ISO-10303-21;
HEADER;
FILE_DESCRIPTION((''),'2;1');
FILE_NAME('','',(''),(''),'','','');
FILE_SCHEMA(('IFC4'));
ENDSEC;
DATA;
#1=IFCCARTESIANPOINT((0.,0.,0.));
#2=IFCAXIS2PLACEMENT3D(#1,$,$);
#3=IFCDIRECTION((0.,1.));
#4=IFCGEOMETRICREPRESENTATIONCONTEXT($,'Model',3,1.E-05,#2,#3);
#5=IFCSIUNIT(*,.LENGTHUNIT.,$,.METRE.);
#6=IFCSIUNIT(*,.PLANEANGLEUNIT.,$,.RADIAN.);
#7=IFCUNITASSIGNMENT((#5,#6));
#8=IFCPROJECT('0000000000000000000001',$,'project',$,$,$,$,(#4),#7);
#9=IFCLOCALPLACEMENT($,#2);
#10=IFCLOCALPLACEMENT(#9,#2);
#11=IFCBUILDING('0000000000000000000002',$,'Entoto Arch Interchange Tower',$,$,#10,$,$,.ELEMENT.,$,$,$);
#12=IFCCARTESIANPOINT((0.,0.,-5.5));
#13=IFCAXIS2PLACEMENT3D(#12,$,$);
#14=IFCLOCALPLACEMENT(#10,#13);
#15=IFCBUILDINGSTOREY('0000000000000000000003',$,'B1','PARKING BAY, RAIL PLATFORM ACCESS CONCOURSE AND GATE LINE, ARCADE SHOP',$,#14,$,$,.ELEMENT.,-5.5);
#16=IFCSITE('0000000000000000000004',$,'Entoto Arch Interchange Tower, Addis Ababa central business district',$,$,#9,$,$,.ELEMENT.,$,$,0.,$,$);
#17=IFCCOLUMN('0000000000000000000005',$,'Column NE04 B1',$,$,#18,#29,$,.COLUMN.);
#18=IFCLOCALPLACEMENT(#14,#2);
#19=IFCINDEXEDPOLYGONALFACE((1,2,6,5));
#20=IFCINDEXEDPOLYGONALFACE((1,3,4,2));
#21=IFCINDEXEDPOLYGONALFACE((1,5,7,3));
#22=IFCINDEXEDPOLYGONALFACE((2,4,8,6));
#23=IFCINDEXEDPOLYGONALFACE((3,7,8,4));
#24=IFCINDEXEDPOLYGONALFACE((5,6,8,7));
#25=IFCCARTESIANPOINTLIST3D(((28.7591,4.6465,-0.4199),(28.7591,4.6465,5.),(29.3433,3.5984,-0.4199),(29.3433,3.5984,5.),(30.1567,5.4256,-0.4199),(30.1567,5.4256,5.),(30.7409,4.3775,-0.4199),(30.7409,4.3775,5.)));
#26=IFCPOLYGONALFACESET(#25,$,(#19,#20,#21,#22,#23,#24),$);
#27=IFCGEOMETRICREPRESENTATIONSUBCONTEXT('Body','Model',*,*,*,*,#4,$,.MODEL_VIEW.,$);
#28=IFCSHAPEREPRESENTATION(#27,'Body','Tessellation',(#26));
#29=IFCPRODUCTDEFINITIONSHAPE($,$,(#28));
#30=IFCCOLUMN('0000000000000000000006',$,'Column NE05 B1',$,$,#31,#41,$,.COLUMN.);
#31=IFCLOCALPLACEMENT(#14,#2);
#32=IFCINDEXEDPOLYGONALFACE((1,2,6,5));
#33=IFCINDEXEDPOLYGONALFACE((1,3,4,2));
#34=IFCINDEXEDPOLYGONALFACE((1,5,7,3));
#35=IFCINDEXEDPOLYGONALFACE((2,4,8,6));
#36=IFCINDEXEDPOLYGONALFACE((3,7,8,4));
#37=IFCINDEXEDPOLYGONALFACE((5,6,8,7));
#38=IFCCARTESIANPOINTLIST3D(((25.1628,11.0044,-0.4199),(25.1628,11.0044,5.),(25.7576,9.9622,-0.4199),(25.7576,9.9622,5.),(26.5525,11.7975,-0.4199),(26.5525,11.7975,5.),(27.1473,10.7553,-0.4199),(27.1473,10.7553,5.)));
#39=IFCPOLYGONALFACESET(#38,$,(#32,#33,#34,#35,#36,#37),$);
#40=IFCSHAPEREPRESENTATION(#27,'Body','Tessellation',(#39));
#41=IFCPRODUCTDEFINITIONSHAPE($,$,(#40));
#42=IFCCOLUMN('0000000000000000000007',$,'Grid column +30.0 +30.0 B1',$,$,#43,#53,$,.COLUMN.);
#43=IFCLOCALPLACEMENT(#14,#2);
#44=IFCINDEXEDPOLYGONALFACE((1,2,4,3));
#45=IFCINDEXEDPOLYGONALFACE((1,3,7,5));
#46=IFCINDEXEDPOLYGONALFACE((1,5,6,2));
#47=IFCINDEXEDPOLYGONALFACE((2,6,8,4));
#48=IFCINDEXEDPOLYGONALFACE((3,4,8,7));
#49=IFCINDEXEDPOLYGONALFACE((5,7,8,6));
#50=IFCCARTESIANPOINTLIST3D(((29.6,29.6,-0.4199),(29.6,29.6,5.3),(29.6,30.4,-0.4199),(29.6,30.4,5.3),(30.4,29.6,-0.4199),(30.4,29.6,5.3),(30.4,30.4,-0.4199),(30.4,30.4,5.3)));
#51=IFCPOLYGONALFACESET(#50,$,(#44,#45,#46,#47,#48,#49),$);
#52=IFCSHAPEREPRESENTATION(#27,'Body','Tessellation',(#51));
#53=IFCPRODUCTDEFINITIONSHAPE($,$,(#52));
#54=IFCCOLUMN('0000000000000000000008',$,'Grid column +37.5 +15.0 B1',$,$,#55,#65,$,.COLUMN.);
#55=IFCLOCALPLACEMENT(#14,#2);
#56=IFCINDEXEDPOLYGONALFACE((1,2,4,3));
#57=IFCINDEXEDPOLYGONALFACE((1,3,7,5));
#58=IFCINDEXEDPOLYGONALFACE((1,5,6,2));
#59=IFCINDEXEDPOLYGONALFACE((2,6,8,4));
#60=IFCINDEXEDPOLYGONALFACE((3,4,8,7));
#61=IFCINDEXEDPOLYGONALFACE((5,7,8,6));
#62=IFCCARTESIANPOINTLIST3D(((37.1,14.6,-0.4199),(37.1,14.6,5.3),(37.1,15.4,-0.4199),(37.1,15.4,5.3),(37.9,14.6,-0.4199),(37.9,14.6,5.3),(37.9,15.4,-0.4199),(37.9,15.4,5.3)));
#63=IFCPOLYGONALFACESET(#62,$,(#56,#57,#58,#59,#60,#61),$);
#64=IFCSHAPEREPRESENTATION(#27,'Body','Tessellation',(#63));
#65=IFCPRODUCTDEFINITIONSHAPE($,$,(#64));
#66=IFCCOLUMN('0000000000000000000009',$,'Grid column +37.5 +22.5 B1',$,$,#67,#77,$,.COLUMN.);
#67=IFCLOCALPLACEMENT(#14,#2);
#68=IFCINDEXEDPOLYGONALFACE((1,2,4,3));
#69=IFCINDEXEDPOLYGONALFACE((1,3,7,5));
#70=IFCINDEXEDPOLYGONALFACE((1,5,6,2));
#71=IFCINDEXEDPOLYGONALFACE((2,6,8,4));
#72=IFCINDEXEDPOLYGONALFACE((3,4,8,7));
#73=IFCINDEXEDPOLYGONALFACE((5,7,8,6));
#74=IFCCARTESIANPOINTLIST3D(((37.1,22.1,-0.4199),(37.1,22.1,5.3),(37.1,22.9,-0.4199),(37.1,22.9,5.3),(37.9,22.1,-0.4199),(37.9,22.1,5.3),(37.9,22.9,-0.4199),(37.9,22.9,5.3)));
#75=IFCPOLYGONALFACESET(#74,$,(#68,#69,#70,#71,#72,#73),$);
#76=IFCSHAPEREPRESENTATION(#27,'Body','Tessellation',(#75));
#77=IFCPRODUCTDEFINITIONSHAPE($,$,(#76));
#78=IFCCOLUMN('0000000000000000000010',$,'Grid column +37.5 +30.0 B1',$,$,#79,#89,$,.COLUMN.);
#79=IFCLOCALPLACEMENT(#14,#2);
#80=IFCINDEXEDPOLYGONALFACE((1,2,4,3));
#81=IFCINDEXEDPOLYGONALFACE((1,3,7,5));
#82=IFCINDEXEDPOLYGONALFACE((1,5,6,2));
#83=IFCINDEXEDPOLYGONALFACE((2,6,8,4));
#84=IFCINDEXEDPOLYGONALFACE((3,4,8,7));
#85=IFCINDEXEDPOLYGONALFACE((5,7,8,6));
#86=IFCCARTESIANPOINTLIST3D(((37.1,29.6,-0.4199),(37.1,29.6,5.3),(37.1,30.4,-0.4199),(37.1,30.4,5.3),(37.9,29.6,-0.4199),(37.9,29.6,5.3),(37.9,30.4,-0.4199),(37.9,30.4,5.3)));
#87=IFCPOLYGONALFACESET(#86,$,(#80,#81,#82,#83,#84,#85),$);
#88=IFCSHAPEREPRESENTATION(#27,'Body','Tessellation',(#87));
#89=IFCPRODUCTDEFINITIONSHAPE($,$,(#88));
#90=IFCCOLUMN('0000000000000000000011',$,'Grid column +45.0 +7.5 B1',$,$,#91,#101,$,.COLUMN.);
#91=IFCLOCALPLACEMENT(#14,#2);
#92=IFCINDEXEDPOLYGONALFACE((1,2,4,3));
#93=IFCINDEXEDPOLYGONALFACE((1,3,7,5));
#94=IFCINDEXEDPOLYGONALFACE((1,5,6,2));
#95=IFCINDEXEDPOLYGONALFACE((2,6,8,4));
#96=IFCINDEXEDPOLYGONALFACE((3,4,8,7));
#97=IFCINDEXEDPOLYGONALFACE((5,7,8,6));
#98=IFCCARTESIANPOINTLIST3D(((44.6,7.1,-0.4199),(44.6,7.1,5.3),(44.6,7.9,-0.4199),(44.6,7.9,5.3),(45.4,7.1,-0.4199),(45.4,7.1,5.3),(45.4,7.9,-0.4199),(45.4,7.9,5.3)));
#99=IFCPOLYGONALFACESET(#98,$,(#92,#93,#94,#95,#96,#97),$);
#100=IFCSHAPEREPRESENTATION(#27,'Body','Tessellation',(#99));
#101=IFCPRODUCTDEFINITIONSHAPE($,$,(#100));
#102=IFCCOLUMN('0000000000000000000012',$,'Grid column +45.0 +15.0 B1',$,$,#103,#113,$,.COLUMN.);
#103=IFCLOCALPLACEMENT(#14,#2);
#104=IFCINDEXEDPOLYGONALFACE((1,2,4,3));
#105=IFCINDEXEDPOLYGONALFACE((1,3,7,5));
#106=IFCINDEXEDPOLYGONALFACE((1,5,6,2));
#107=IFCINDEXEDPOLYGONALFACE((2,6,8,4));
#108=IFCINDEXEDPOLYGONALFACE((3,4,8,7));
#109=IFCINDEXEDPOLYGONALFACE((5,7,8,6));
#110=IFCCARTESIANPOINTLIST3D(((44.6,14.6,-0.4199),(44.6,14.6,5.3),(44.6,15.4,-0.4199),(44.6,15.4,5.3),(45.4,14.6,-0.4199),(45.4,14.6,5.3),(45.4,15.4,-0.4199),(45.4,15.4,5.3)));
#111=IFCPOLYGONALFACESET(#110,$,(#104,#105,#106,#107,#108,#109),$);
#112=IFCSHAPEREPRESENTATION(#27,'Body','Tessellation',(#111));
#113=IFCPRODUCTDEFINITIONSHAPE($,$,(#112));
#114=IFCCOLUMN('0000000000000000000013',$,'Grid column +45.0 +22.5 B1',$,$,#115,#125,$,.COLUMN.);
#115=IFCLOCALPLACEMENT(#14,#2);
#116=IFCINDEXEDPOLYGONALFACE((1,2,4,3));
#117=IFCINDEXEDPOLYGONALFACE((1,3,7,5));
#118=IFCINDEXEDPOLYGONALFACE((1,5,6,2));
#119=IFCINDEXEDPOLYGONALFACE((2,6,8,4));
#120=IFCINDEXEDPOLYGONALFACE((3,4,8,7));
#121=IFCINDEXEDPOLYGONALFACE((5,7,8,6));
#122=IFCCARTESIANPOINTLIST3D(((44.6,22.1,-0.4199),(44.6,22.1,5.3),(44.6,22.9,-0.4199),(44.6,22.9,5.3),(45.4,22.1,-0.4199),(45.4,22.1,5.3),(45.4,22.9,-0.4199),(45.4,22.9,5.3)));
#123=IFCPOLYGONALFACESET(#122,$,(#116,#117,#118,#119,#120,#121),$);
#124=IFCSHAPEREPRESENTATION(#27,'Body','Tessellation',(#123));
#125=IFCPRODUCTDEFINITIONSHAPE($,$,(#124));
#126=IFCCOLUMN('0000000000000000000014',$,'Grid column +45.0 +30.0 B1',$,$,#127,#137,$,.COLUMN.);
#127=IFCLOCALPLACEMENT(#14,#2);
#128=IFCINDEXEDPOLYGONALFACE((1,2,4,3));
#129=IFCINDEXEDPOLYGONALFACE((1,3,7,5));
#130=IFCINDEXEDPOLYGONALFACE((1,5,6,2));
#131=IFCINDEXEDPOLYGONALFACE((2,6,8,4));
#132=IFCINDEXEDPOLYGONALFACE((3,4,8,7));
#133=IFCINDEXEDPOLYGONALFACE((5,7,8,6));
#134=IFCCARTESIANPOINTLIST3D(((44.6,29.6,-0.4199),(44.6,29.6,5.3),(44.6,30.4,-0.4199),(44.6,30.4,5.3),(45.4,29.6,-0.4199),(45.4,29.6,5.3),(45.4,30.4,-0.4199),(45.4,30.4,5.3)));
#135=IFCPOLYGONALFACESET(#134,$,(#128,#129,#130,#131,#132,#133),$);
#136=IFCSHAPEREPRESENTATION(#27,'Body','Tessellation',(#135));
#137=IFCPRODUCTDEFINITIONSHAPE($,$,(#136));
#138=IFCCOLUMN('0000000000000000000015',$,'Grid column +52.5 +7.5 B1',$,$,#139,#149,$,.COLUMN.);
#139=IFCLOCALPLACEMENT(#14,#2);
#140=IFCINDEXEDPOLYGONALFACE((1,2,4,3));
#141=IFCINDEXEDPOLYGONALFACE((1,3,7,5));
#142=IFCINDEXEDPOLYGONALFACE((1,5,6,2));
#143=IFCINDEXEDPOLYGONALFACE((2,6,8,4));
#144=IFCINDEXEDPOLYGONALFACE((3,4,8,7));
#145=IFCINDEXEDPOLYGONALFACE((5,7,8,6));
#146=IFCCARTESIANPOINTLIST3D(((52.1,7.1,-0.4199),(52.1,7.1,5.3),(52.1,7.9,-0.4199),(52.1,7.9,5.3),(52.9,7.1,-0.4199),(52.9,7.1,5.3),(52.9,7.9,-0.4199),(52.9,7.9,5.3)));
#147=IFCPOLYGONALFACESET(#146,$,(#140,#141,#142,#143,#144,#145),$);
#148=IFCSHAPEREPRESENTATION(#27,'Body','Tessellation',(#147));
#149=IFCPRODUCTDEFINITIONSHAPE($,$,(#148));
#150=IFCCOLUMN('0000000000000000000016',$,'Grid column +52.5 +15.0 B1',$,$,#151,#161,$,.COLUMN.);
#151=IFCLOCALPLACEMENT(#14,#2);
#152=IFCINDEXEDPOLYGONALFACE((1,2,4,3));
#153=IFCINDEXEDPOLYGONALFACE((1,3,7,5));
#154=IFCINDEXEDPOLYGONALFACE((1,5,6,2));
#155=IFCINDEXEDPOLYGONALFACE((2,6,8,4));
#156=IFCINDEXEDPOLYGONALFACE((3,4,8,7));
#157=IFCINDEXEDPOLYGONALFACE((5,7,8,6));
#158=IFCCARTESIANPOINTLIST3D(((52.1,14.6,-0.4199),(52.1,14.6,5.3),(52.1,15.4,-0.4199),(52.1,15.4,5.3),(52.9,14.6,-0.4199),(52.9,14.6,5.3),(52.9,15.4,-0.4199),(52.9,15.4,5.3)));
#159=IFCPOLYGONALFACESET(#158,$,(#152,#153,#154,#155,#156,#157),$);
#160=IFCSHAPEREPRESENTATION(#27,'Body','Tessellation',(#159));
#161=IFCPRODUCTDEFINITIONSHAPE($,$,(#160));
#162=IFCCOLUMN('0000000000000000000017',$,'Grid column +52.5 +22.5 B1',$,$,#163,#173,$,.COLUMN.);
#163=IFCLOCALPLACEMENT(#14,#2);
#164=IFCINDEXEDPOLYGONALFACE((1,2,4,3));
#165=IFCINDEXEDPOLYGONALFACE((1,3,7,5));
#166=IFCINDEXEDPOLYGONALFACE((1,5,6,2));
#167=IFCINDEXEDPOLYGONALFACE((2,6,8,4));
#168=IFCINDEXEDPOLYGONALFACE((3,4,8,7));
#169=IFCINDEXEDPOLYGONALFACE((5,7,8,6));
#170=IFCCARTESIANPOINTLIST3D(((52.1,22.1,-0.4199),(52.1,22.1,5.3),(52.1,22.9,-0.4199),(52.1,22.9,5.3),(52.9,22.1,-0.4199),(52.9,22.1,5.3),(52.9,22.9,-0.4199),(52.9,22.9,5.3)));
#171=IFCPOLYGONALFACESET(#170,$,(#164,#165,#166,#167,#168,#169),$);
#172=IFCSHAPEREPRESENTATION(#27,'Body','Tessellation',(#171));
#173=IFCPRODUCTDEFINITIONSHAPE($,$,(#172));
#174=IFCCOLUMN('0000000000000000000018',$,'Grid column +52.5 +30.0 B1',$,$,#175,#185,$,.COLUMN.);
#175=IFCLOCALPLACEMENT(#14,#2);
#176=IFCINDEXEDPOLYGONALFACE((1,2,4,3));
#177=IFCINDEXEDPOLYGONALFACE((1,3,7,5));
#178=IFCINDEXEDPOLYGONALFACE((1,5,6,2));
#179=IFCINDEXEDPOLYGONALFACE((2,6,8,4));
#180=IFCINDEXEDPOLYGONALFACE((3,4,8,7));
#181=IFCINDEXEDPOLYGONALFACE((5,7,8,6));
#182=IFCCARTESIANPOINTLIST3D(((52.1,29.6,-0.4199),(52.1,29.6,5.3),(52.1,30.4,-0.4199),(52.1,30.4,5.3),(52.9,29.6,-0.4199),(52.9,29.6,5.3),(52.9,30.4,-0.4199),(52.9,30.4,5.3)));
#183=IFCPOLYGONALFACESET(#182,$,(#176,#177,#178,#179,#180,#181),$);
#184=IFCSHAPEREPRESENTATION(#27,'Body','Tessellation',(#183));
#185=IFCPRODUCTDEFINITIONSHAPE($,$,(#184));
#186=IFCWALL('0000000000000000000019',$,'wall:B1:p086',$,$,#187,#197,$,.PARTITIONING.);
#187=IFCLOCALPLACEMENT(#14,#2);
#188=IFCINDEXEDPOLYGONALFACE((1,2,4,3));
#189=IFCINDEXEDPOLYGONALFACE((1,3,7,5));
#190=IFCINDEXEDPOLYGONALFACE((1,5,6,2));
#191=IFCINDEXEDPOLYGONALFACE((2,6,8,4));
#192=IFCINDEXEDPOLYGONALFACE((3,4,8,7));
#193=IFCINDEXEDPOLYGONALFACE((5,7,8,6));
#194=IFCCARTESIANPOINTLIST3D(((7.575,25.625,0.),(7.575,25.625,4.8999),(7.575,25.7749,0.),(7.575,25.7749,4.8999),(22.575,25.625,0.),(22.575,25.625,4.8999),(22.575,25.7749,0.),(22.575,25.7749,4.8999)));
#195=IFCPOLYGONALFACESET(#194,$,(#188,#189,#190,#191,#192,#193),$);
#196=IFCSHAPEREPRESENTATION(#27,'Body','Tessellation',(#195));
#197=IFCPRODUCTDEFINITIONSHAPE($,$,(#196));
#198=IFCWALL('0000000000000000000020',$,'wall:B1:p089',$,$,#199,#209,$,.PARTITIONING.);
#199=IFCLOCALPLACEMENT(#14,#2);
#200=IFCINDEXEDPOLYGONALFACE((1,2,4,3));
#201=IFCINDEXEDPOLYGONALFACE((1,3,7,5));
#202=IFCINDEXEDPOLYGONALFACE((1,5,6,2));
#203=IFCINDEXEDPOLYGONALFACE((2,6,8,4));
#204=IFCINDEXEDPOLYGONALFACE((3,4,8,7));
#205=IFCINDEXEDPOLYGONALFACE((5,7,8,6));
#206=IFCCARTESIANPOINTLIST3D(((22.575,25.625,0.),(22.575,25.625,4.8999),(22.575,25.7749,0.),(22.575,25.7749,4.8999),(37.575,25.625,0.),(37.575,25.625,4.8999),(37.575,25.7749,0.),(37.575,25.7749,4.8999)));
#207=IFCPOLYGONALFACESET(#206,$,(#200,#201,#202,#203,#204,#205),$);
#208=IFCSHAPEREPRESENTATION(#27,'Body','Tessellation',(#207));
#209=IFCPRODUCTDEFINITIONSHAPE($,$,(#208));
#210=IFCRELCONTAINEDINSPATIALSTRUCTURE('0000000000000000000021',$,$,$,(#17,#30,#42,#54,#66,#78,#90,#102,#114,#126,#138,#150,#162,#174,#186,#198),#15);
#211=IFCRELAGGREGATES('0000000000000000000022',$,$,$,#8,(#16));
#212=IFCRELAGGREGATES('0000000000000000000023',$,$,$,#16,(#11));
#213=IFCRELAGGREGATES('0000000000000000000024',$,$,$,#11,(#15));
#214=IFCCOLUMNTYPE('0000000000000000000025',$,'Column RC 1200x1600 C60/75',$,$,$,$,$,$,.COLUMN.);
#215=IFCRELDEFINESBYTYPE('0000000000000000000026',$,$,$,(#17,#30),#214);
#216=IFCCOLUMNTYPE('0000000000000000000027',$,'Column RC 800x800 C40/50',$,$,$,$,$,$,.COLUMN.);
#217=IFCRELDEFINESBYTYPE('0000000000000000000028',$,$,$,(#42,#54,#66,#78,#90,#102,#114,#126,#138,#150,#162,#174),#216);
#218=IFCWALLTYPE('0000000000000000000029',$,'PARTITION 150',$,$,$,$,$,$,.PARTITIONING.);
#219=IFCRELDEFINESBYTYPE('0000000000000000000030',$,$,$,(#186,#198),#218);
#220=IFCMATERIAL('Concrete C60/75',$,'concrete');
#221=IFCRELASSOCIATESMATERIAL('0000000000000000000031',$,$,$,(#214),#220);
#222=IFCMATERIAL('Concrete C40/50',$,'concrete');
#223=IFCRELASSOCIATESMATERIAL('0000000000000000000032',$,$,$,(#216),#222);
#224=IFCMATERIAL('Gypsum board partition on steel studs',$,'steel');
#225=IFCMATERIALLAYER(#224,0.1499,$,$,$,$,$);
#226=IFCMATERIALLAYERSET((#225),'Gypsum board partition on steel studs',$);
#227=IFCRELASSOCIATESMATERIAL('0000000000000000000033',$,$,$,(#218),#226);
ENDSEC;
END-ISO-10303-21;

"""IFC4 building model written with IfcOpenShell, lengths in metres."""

from ifc_helpers import new_model, si_unit, direction, frame, frame_2d, origin, origin_2d, place, context, subcontext, project, spatial, rectangle, extrude, material, layer, layer_set, material_profile, profile_set, type_object, element, save


model = new_model("IFC4")

# Units and contexts
model_context = context("Model", 3, precision=1e-05, world=origin(), true_north=direction((0.0, 1.0)))
body_context = subcontext(model_context, "Body", "Model", "MODEL_VIEW")
ifc_project = project(units=[si_unit("LENGTHUNIT", "METRE"), si_unit("PLANEANGLEUNIT", "RADIAN")], contexts=[model_context])

# Site, building, storey
site_placement = place(None, origin())
site = spatial("IfcSite", under=ifc_project, at=site_placement, Name="Entoto Arch Interchange Tower, Addis Ababa central business district", CompositionType="ELEMENT", RefElevation=0.0)
building_placement = place(site_placement, origin())
building = spatial("IfcBuilding", under=site, at=building_placement, Name="Entoto Arch Interchange Tower", CompositionType="ELEMENT")
storey_placement = place(building_placement, frame((0.0, 0.0, -5.5)))
storey = spatial("IfcBuildingStorey", under=building, at=storey_placement, Name="B1", Description="PARKING BAY, RAIL PLATFORM ACCESS CONCOURSE AND GATE LINE, ARCADE SHOP", CompositionType="ELEMENT", Elevation=-5.5)

# Columns
ifc_material_1 = material(Name="Concrete C60/75", Category="concrete")
ifc_material_profile_1 = material_profile(ifc_material_1, rectangle(XDim=1.2, YDim=1.6001, at=origin_2d()))
ifc_profile_set_1 = profile_set([ifc_material_profile_1], Name="Concrete C60/75")
column_type_1 = type_object("IfcColumnType", Name="Column RC 1200x1600 C60/75", PredefinedType="COLUMN", material=ifc_profile_set_1)
for number, where, z_axis, x_axis, name in (
    (1, (29.75, 4.512, -0.4199), (0.0, 0.0, 1.0), (-0.486915, 0.873449, 0.0), "Column NE04 B1"),
    (2, (26.155, 10.8799, -0.4199), (0.0, 0.0, 1.0), (-0.495656, 0.868519, 0.0), "Column NE05 B1"),
):
    element("IfcColumn", number, at=place(storey_placement, frame(where, z_axis=z_axis, x_axis=x_axis)), inside=storey, type_object=column_type_1, Name=name, PredefinedType="COLUMN", context=body_context, shape_type="SweptSolid", body=[
        extrude(rectangle(XDim=1.2, YDim=1.6001, at=origin_2d()), origin(), (0.0, 0.0, 1.0), 5.4199),
    ])
ifc_material_2 = material(Name="Concrete C40/50", Category="concrete")
ifc_material_profile_2 = material_profile(ifc_material_2, rectangle(XDim=0.8, YDim=0.8, at=origin_2d()))
ifc_profile_set_2 = profile_set([ifc_material_profile_2], Name="Concrete C40/50")
column_type_2 = type_object("IfcColumnType", Name="Column RC 800x800 C40/50", PredefinedType="COLUMN", material=ifc_profile_set_2)
for number, where, z_axis, x_axis, name in (
    (3, (30.0, 30.0, -0.4199), (0.0, 0.0, 1.0), (1.0, 0.0, 0.0), "Grid column +30.0 +30.0 B1"),
    (4, (37.5, 15.0, -0.4199), (0.0, 0.0, 1.0), (1.0, 0.0, 0.0), "Grid column +37.5 +15.0 B1"),
    (5, (37.5, 22.5, -0.4199), (0.0, 0.0, 1.0), (1.0, 0.0, 0.0), "Grid column +37.5 +22.5 B1"),
    (6, (37.5, 30.0, -0.4199), (0.0, 0.0, 1.0), (1.0, 0.0, 0.0), "Grid column +37.5 +30.0 B1"),
    (7, (45.0, 7.5, -0.4199), (0.0, 0.0, 1.0), (1.0, 0.0, 0.0), "Grid column +45.0 +7.5 B1"),
    (8, (45.0, 15.0, -0.4199), (0.0, 0.0, 1.0), (1.0, 0.0, 0.0), "Grid column +45.0 +15.0 B1"),
    (9, (45.0, 22.5, -0.4199), (0.0, 0.0, 1.0), (1.0, 0.0, 0.0), "Grid column +45.0 +22.5 B1"),
    (10, (45.0, 30.0, -0.4199), (0.0, 0.0, 1.0), (1.0, 0.0, 0.0), "Grid column +45.0 +30.0 B1"),
    (11, (52.5, 7.5, -0.4199), (0.0, 0.0, 1.0), (1.0, 0.0, 0.0), "Grid column +52.5 +7.5 B1"),
    (12, (52.5, 15.0, -0.4199), (0.0, 0.0, 1.0), (1.0, 0.0, 0.0), "Grid column +52.5 +15.0 B1"),
    (13, (52.5, 22.5, -0.4199), (0.0, 0.0, 1.0), (1.0, 0.0, 0.0), "Grid column +52.5 +22.5 B1"),
    (14, (52.5, 30.0, -0.4199), (0.0, 0.0, 1.0), (1.0, 0.0, 0.0), "Grid column +52.5 +30.0 B1"),
):
    element("IfcColumn", number, at=place(storey_placement, frame(where, z_axis=z_axis, x_axis=x_axis)), inside=storey, type_object=column_type_2, Name=name, PredefinedType="COLUMN", context=body_context, shape_type="SweptSolid", body=[
        extrude(rectangle(XDim=0.8, YDim=0.8, at=origin_2d()), origin(), (0.0, 0.0, 1.0), 5.72),
    ])

# Walls
ifc_material_3 = material(Name="Gypsum board partition on steel studs", Category="steel")
ifc_layer = layer(ifc_material_3, 0.1499)
ifc_layer_set = layer_set([ifc_layer], Name="Gypsum board partition on steel studs")
wall_type = type_object("IfcWallType", Name="PARTITION 150", PredefinedType="PARTITIONING", material=ifc_layer_set)
for number, where, z_axis, x_axis, name in (
    (15, (22.575, 25.7, 0.0), (0.0, 0.0, 1.0), (-1.0, 0.0, 0.0), "wall:B1:p086"),
    (16, (37.575, 25.7, 0.0), (0.0, 0.0, 1.0), (-1.0, 0.0, 0.0), "wall:B1:p089"),
):
    element("IfcWall", number, at=place(storey_placement, frame(where, z_axis=z_axis, x_axis=x_axis)), inside=storey, type_object=wall_type, Name=name, PredefinedType="PARTITIONING", context=body_context, shape_type="SweptSolid", body=[
        extrude(rectangle(XDim=15.0, YDim=0.1499, at=frame_2d((7.5, 0.0))), origin(), (0.0, 0.0, 1.0), 4.8999),
    ])

save(model, "model.ifc")
